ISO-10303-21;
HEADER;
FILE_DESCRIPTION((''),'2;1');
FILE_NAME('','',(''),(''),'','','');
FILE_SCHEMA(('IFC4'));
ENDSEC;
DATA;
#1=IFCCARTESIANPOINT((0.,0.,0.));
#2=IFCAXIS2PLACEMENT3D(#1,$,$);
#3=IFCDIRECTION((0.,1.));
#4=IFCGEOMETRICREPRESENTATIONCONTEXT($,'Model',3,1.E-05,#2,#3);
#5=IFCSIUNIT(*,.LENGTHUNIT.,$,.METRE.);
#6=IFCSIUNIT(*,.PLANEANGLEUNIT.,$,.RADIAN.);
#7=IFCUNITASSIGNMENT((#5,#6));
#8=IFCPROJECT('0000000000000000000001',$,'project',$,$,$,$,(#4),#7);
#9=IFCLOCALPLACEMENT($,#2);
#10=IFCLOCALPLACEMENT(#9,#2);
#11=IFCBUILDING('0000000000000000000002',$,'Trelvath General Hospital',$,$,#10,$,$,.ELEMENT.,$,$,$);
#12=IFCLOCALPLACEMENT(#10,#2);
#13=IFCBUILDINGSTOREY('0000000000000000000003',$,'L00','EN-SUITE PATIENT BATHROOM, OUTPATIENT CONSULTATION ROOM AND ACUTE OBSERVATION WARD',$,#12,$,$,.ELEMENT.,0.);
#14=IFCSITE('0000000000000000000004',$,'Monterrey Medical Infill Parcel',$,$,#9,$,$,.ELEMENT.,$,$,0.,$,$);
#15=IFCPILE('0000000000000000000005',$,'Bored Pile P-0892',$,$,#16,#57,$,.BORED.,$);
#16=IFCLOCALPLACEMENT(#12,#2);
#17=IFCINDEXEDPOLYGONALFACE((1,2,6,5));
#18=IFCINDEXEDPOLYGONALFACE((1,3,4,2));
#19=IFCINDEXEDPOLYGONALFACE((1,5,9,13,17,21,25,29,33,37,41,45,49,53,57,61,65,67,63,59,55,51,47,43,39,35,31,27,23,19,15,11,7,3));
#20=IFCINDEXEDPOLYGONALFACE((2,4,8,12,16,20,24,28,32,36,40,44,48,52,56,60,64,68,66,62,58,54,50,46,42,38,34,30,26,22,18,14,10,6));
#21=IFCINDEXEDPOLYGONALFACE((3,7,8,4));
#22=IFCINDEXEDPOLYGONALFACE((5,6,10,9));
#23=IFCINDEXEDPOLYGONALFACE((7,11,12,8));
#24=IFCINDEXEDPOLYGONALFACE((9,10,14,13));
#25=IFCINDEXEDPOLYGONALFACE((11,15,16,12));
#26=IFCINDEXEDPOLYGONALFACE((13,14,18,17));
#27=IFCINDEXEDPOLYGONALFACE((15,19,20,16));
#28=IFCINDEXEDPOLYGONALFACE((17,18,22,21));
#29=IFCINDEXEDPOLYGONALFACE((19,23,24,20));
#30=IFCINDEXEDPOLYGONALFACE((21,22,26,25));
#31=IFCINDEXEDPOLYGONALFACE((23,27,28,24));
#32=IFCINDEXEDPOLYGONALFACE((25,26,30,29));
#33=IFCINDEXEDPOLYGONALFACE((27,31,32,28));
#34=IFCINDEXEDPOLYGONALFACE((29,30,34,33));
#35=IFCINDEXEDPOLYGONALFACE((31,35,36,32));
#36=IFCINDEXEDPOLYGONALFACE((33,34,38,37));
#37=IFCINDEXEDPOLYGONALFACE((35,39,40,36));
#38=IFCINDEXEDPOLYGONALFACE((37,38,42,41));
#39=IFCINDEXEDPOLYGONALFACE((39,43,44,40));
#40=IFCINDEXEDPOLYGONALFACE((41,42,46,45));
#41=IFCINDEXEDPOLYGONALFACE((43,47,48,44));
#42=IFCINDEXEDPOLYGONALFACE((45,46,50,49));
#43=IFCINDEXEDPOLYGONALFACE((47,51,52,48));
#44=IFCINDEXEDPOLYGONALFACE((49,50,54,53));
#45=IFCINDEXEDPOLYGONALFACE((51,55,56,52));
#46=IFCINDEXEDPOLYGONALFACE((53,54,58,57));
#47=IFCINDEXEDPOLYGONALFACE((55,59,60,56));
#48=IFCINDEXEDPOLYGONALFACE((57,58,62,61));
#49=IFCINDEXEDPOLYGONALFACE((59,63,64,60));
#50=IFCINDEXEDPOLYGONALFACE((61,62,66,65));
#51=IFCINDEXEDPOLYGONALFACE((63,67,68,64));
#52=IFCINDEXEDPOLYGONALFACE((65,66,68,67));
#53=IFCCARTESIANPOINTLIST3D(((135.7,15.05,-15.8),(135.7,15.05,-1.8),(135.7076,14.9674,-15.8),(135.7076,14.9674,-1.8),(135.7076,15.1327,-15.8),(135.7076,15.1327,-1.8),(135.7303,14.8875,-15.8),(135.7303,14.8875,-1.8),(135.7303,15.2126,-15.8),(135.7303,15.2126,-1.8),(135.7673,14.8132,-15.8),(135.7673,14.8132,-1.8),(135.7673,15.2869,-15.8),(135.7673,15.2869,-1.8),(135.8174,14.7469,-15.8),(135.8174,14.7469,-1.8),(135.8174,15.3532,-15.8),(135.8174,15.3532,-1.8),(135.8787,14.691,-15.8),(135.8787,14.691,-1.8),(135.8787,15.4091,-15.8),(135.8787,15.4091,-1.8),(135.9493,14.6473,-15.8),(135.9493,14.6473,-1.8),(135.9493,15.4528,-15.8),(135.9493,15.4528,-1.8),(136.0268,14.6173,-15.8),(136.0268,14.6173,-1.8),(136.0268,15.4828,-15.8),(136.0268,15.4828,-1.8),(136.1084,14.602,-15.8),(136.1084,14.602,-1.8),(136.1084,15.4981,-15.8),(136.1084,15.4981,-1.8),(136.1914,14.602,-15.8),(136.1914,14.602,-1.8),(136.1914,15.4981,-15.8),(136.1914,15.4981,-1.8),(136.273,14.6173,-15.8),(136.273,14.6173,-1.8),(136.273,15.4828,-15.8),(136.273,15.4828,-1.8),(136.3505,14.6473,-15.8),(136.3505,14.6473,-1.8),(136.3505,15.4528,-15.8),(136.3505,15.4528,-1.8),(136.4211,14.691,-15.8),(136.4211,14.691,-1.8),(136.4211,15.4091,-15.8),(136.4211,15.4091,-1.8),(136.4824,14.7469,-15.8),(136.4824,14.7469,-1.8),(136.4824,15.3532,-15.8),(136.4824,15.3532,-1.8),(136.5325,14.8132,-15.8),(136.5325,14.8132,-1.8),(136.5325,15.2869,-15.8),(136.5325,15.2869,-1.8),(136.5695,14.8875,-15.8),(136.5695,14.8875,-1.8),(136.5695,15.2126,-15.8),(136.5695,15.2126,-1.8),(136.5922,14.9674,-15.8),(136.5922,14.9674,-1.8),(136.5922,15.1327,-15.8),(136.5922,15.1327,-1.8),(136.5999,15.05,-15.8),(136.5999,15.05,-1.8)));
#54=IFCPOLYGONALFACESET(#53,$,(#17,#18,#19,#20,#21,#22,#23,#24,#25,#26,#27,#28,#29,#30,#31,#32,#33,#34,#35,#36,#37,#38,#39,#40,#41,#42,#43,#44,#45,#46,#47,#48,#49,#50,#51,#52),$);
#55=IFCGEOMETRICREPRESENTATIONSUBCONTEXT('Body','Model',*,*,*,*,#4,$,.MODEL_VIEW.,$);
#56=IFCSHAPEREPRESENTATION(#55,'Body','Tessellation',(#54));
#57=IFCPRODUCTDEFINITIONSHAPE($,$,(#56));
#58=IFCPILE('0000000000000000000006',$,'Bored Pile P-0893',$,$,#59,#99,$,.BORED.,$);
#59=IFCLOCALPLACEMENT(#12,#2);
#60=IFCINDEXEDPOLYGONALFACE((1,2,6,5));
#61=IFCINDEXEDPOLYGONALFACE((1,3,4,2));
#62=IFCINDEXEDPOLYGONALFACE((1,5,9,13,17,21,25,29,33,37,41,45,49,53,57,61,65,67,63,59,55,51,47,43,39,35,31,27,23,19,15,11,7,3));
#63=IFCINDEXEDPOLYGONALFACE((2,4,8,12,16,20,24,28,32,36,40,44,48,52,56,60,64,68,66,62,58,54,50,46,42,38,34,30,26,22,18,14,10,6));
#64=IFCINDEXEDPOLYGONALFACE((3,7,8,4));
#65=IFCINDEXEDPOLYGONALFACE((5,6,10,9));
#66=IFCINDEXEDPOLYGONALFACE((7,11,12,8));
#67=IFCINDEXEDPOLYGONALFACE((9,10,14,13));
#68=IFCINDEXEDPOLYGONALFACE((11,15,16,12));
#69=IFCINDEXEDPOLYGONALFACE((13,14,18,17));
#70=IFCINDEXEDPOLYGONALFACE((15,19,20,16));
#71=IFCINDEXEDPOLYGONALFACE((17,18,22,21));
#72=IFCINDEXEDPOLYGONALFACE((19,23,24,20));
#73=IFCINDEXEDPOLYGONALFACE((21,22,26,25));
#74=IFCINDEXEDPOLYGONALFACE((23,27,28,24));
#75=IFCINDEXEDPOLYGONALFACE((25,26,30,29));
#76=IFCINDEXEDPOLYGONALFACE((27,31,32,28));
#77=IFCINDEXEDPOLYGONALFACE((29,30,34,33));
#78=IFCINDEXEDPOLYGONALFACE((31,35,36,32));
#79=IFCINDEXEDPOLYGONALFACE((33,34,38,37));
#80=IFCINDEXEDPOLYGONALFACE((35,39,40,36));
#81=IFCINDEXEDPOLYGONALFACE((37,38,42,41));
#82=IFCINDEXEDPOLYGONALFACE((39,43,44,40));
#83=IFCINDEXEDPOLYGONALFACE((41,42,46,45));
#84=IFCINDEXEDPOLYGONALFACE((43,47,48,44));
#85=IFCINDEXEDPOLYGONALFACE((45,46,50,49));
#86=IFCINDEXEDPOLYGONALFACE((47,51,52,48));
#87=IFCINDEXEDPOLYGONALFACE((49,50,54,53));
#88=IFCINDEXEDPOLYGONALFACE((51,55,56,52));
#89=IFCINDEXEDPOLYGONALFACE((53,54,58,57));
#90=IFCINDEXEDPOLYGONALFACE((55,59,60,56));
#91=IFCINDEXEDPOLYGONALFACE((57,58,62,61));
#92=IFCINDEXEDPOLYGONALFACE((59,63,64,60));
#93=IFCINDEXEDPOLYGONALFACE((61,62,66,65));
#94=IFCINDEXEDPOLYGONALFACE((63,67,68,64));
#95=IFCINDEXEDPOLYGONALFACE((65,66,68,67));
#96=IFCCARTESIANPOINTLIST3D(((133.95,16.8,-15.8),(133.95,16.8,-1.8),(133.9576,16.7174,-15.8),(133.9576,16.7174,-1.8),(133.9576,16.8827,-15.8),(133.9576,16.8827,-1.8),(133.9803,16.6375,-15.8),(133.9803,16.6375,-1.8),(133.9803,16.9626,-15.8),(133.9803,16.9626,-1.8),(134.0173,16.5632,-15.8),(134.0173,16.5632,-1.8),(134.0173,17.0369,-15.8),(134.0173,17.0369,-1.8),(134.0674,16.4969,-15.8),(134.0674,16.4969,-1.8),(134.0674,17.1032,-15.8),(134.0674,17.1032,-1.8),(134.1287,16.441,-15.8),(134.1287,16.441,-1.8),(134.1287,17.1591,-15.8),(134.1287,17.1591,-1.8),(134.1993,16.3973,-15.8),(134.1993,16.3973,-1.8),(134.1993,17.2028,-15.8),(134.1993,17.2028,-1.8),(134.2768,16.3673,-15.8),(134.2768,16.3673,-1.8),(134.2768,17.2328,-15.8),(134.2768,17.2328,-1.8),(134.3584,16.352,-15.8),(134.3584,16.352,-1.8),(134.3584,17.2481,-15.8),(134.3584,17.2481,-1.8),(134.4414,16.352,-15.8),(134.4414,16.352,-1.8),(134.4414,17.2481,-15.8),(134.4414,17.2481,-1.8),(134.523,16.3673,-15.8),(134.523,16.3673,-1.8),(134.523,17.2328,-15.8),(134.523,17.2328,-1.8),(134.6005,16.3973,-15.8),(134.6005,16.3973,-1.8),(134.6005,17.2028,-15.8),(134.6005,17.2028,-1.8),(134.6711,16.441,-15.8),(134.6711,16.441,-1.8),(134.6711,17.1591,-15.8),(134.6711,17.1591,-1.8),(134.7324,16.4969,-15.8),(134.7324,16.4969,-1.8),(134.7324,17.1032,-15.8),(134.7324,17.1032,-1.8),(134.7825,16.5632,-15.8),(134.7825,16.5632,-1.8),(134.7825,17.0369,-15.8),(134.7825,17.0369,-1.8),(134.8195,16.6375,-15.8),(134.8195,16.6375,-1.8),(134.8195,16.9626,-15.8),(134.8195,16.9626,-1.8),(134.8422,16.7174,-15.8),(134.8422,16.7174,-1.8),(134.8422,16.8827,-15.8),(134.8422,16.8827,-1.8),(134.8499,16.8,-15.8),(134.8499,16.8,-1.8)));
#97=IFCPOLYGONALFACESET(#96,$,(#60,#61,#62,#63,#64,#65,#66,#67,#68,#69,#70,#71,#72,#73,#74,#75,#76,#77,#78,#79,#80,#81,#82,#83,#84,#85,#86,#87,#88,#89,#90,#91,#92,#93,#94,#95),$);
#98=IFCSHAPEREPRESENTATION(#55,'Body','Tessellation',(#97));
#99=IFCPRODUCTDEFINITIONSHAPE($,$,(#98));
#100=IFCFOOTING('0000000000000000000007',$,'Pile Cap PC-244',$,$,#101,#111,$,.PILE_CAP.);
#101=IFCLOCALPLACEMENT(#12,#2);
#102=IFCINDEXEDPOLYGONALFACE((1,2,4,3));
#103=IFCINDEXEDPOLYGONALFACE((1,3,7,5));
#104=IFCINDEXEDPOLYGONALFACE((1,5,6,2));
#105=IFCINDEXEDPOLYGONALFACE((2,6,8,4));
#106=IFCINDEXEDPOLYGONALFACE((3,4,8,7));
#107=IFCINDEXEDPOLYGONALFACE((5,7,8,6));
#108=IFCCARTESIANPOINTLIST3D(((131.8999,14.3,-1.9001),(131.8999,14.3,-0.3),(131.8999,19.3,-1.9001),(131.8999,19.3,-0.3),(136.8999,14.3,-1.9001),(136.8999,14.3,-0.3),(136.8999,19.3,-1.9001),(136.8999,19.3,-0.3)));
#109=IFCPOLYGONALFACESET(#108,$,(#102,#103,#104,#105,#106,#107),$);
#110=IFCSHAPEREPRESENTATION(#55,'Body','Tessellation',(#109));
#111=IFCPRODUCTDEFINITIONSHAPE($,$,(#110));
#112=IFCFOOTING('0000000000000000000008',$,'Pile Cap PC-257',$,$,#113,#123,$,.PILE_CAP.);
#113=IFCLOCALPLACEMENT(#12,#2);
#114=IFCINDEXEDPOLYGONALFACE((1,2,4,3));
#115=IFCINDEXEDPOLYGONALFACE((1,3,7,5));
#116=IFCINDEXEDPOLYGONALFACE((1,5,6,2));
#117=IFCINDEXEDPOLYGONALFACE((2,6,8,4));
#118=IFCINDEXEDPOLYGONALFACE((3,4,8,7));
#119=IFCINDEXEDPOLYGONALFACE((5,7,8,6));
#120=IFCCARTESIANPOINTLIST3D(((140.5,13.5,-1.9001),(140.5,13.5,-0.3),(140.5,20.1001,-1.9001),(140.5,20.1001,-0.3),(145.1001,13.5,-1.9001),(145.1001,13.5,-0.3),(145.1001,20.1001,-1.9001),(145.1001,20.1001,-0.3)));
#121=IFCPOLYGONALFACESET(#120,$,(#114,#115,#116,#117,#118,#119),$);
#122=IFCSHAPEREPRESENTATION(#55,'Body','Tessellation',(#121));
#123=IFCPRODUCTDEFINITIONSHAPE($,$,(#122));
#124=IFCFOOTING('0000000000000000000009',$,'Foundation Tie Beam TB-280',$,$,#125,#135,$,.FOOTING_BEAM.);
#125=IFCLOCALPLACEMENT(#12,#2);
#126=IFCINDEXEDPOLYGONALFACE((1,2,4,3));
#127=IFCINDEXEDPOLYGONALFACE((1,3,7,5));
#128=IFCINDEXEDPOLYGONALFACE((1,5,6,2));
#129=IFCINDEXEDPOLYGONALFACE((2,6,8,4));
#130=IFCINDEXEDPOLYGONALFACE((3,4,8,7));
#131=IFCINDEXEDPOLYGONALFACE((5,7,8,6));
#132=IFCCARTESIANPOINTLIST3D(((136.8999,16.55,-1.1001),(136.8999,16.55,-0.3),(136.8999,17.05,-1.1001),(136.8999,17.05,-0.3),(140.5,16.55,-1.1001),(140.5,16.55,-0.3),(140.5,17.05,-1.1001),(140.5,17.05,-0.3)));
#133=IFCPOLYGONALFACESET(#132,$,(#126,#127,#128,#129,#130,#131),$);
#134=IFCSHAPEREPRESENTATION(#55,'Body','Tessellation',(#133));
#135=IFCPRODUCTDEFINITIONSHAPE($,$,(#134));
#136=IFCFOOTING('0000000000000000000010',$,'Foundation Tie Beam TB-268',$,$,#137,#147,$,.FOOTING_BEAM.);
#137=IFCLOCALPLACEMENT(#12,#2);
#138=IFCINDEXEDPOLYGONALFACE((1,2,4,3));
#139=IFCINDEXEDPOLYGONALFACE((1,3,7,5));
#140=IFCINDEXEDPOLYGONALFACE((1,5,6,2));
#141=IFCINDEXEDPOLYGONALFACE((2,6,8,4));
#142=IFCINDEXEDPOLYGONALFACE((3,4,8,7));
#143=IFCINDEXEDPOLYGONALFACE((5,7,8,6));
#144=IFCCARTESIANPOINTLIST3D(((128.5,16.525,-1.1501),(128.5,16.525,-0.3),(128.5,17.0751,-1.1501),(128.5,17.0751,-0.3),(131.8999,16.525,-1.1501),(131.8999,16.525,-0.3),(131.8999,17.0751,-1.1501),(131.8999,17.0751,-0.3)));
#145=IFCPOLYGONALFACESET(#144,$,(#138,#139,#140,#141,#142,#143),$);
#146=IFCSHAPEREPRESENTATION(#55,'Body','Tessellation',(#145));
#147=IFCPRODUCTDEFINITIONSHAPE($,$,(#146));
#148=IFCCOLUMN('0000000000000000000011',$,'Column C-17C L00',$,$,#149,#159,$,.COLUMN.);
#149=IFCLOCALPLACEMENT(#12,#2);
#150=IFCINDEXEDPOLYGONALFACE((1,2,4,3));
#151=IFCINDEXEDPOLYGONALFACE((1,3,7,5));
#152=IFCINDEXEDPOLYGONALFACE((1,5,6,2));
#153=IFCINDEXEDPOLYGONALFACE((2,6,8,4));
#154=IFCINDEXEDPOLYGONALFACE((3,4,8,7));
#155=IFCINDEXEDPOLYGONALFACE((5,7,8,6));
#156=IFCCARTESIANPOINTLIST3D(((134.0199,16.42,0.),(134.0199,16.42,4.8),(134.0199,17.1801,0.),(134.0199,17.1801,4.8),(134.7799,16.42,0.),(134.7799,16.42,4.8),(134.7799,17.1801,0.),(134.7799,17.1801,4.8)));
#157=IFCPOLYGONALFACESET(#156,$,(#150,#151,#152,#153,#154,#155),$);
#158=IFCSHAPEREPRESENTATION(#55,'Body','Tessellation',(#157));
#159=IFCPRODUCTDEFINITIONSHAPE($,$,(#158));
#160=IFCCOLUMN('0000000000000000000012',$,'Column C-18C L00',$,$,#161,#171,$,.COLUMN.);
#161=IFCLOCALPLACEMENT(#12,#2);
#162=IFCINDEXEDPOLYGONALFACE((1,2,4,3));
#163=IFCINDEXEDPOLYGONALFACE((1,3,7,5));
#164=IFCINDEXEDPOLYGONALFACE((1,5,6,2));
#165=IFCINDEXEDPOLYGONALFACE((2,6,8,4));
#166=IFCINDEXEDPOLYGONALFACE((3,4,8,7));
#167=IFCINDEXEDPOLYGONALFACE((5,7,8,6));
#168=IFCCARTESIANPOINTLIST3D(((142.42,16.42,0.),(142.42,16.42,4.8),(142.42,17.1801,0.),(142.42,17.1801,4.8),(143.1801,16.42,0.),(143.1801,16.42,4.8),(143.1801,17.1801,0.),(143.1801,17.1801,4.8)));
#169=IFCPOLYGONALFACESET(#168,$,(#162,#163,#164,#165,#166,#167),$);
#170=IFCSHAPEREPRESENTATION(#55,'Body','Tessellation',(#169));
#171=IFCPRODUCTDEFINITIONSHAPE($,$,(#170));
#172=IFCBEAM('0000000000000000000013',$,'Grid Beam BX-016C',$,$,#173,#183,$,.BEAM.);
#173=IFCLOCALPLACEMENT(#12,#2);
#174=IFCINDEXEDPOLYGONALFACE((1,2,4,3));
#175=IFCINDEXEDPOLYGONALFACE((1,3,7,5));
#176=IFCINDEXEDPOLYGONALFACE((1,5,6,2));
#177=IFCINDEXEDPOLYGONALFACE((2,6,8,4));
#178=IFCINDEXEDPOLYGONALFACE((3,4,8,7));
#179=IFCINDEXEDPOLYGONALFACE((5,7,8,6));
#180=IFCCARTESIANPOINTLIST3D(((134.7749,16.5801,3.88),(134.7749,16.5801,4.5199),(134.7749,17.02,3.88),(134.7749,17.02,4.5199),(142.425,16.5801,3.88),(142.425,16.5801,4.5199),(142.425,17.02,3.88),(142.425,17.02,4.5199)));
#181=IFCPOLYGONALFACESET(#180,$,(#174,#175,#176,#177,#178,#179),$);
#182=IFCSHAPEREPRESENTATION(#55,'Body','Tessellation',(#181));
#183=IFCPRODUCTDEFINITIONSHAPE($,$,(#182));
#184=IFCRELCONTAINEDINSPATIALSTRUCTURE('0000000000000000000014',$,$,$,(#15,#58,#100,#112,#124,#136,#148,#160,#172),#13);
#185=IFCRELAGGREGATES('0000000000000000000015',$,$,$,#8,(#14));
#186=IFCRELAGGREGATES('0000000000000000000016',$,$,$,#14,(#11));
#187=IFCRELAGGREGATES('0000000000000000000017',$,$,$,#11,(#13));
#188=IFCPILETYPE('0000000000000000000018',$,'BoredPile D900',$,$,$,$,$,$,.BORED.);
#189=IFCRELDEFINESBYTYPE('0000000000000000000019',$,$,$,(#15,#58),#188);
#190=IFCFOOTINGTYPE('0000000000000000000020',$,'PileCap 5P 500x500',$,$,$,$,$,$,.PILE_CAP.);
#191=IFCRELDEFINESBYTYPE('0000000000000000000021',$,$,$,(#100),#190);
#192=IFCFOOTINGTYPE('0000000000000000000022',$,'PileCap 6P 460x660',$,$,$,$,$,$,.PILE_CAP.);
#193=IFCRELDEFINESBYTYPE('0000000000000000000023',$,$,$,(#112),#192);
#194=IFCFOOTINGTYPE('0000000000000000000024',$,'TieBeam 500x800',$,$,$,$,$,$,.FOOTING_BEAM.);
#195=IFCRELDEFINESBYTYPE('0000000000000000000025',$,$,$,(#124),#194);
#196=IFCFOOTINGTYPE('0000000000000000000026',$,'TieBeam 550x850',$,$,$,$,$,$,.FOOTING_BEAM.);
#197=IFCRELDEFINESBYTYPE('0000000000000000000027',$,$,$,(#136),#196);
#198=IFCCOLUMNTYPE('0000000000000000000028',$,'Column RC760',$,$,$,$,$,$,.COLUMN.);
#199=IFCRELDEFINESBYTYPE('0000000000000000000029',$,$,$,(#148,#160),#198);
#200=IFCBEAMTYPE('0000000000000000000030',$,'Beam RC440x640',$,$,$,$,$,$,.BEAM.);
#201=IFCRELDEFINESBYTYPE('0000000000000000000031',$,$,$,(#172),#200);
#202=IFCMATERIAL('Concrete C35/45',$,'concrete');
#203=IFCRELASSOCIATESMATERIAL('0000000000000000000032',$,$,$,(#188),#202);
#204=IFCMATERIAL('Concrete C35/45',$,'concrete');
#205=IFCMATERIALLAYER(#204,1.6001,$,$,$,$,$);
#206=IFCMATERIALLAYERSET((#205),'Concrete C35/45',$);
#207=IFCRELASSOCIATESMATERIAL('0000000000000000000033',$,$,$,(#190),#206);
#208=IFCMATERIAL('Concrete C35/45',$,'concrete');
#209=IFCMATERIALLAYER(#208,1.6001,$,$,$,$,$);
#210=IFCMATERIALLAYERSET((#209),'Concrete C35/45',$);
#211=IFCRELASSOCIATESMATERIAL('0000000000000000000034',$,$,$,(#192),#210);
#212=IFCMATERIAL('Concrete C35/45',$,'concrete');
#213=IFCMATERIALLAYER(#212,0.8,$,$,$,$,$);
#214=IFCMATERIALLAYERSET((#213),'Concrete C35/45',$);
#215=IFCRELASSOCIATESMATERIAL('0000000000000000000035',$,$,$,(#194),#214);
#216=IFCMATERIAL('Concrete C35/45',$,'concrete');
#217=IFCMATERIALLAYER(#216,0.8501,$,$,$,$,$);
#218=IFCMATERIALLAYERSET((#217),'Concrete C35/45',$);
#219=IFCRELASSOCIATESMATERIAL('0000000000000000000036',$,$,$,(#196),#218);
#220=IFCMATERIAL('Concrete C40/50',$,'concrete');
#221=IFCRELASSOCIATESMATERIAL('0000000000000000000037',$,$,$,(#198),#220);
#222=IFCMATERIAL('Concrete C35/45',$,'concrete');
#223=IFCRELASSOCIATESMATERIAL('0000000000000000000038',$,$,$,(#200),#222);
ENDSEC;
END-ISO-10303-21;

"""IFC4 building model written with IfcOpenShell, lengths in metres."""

from ifc_helpers import new_model, si_unit, direction, frame, origin, origin_2d, place, context, subcontext, project, spatial, rectangle, circle, extrude, material, layer, layer_set, material_profile, profile_set, type_object, element, save


model = new_model("IFC4")

# Units and contexts
model_context = context("Model", 3, precision=1e-05, world=origin(), true_north=direction((0.0, 1.0)))
body_context = subcontext(model_context, "Body", "Model", "MODEL_VIEW")
ifc_project = project(units=[si_unit("LENGTHUNIT", "METRE"), si_unit("PLANEANGLEUNIT", "RADIAN")], contexts=[model_context])

# Site, building, storey
site_placement = place(None, origin())
site = spatial("IfcSite", under=ifc_project, at=site_placement, Name="Monterrey Medical Infill Parcel", CompositionType="ELEMENT", RefElevation=0.0)
building_placement = place(site_placement, origin())
building = spatial("IfcBuilding", under=site, at=building_placement, Name="Trelvath General Hospital", CompositionType="ELEMENT")
storey_placement = place(building_placement, origin())
storey = spatial("IfcBuildingStorey", under=building, at=storey_placement, Name="L00", Description="EN-SUITE PATIENT BATHROOM, OUTPATIENT CONSULTATION ROOM AND ACUTE OBSERVATION WARD", CompositionType="ELEMENT", Elevation=0.0)

# Piles
ifc_material_1 = material(Name="Concrete C35/45", Category="concrete")
ifc_material_profile_1 = material_profile(ifc_material_1, circle(Radius=0.45, at=origin_2d()), Name="PILE900")
ifc_profile_set_1 = profile_set([ifc_material_profile_1], Name="Concrete C35/45")
pile_type_1 = type_object("IfcPileType", Name="BoredPile D900", PredefinedType="BORED", material=ifc_profile_set_1)
for number, where, z_axis, x_axis, name in (
    (1, (136.1499, 15.05, -1.8), (0.0, 0.0, -1.0), (1.0, 0.0, 0.0), "Bored Pile P-0892"),
    (2, (134.3999, 16.8, -1.8), (0.0, 0.0, -1.0), (1.0, 0.0, 0.0), "Bored Pile P-0893"),
):
    element("IfcPile", number, at=place(storey_placement, frame(where, z_axis=z_axis, x_axis=x_axis)), inside=storey, type_object=pile_type_1, Name=name, PredefinedType="BORED", context=body_context, shape_type="SweptSolid", body=[
        extrude(circle(Radius=0.45, at=origin_2d()), origin(), (0.0, 0.0, 1.0), 14.0),
    ])

# Footings
ifc_material_2 = material(Name="Concrete C35/45", Category="concrete")
ifc_layer_1 = layer(ifc_material_2, 1.6001)
ifc_layer_set_1 = layer_set([ifc_layer_1], Name="Concrete C35/45")
footing_type_1 = type_object("IfcFootingType", Name="PileCap 5P 500x500", PredefinedType="PILE_CAP", material=ifc_layer_set_1)
footing_1_placement = place(storey_placement, frame((134.3999, 16.8, -1.9001), z_axis=(0.0, 0.0, 1.0), x_axis=(1.0, 0.0, 0.0)))
element("IfcFooting", 3, at=footing_1_placement, inside=storey, type_object=footing_type_1, Name="Pile Cap PC-244", PredefinedType="PILE_CAP", context=body_context, shape_type="SweptSolid", body=[
    extrude(rectangle(XDim=5.0, YDim=5.0, at=origin_2d()), origin(), (0.0, 0.0, 1.0), 1.6001),
])
ifc_material_3 = material(Name="Concrete C35/45", Category="concrete")
ifc_layer_2 = layer(ifc_material_3, 1.6001)
ifc_layer_set_2 = layer_set([ifc_layer_2], Name="Concrete C35/45")
footing_type_2 = type_object("IfcFootingType", Name="PileCap 6P 460x660", PredefinedType="PILE_CAP", material=ifc_layer_set_2)
footing_2_placement = place(storey_placement, frame((142.8, 16.8, -1.9001), z_axis=(0.0, 0.0, 1.0), x_axis=(1.0, 0.0, 0.0)))
element("IfcFooting", 4, at=footing_2_placement, inside=storey, type_object=footing_type_2, Name="Pile Cap PC-257", PredefinedType="PILE_CAP", context=body_context, shape_type="SweptSolid", body=[
    extrude(rectangle(XDim=4.6001, YDim=6.6001, at=origin_2d()), origin(), (0.0, 0.0, 1.0), 1.6001),
])
ifc_material_4 = material(Name="Concrete C35/45", Category="concrete")
ifc_layer_3 = layer(ifc_material_4, 0.8)
ifc_layer_set_3 = layer_set([ifc_layer_3], Name="Concrete C35/45")
footing_type_3 = type_object("IfcFootingType", Name="TieBeam 500x800", PredefinedType="FOOTING_BEAM", material=ifc_layer_set_3)
footing_3_placement = place(storey_placement, frame((138.7, 16.8, -1.1001), z_axis=(0.0, 0.0, 1.0), x_axis=(1.0, 0.0, 0.0)))
element("IfcFooting", 5, at=footing_3_placement, inside=storey, type_object=footing_type_3, Name="Foundation Tie Beam TB-280", PredefinedType="FOOTING_BEAM", context=body_context, shape_type="SweptSolid", body=[
    extrude(rectangle(XDim=3.6001, YDim=0.5, at=origin_2d()), origin(), (0.0, 0.0, 1.0), 0.8),
])
ifc_material_5 = material(Name="Concrete C35/45", Category="concrete")
ifc_layer_4 = layer(ifc_material_5, 0.8501)
ifc_layer_set_4 = layer_set([ifc_layer_4], Name="Concrete C35/45")
footing_type_4 = type_object("IfcFootingType", Name="TieBeam 550x850", PredefinedType="FOOTING_BEAM", material=ifc_layer_set_4)
footing_4_placement = place(storey_placement, frame((130.2, 16.8, -1.1501), z_axis=(0.0, 0.0, 1.0), x_axis=(1.0, 0.0, 0.0)))
element("IfcFooting", 6, at=footing_4_placement, inside=storey, type_object=footing_type_4, Name="Foundation Tie Beam TB-268", PredefinedType="FOOTING_BEAM", context=body_context, shape_type="SweptSolid", body=[
    extrude(rectangle(XDim=3.3999, YDim=0.55, at=origin_2d()), origin(), (0.0, 0.0, 1.0), 0.8501),
])

# Columns
ifc_material_6 = material(Name="Concrete C40/50", Category="concrete")
ifc_material_profile_2 = material_profile(ifc_material_6, rectangle(XDim=0.76, YDim=0.76, at=origin_2d()), Name="RC760x760")
ifc_profile_set_2 = profile_set([ifc_material_profile_2], Name="Concrete C40/50")
column_type = type_object("IfcColumnType", Name="Column RC760", PredefinedType="COLUMN", material=ifc_profile_set_2)
for number, where, z_axis, x_axis, name in (
    (7, (134.3999, 16.8, 0.0), (0.0, 0.0, 1.0), (1.0, 0.0, 0.0), "Column C-17C L00"),
    (8, (142.8, 16.8, 0.0), (0.0, 0.0, 1.0), (1.0, 0.0, 0.0), "Column C-18C L00"),
):
    element("IfcColumn", number, at=place(storey_placement, frame(where, z_axis=z_axis, x_axis=x_axis)), inside=storey, type_object=column_type, Name=name, PredefinedType="COLUMN", context=body_context, shape_type="SweptSolid", body=[
        extrude(rectangle(XDim=0.76, YDim=0.76, at=origin_2d()), origin(), (0.0, 0.0, 1.0), 4.8),
    ])

# Beam
ifc_material_7 = material(Name="Concrete C35/45", Category="concrete")
ifc_material_profile_3 = material_profile(ifc_material_7, rectangle(XDim=0.4399, YDim=0.6399, at=origin_2d()), Name="RCB440x640")
ifc_profile_set_3 = profile_set([ifc_material_profile_3], Name="Concrete C35/45")
beam_type_1 = type_object("IfcBeamType", Name="Beam RC440x640", PredefinedType="BEAM", material=ifc_profile_set_3)
beam_1_placement = place(storey_placement, frame((134.7749, 16.8, 4.2), z_axis=(1.0, 0.0, 0.0), x_axis=(0.0, 1.0, 0.0)))
element("IfcBeam", 9, at=beam_1_placement, inside=storey, type_object=beam_type_1, Name="Grid Beam BX-016C", PredefinedType="BEAM", context=body_context, shape_type="SweptSolid", body=[
    extrude(rectangle(XDim=0.4399, YDim=0.6399, at=origin_2d()), origin(), (0.0, 0.0, 1.0), 7.6501),
])

save(model, "model.ifc")
